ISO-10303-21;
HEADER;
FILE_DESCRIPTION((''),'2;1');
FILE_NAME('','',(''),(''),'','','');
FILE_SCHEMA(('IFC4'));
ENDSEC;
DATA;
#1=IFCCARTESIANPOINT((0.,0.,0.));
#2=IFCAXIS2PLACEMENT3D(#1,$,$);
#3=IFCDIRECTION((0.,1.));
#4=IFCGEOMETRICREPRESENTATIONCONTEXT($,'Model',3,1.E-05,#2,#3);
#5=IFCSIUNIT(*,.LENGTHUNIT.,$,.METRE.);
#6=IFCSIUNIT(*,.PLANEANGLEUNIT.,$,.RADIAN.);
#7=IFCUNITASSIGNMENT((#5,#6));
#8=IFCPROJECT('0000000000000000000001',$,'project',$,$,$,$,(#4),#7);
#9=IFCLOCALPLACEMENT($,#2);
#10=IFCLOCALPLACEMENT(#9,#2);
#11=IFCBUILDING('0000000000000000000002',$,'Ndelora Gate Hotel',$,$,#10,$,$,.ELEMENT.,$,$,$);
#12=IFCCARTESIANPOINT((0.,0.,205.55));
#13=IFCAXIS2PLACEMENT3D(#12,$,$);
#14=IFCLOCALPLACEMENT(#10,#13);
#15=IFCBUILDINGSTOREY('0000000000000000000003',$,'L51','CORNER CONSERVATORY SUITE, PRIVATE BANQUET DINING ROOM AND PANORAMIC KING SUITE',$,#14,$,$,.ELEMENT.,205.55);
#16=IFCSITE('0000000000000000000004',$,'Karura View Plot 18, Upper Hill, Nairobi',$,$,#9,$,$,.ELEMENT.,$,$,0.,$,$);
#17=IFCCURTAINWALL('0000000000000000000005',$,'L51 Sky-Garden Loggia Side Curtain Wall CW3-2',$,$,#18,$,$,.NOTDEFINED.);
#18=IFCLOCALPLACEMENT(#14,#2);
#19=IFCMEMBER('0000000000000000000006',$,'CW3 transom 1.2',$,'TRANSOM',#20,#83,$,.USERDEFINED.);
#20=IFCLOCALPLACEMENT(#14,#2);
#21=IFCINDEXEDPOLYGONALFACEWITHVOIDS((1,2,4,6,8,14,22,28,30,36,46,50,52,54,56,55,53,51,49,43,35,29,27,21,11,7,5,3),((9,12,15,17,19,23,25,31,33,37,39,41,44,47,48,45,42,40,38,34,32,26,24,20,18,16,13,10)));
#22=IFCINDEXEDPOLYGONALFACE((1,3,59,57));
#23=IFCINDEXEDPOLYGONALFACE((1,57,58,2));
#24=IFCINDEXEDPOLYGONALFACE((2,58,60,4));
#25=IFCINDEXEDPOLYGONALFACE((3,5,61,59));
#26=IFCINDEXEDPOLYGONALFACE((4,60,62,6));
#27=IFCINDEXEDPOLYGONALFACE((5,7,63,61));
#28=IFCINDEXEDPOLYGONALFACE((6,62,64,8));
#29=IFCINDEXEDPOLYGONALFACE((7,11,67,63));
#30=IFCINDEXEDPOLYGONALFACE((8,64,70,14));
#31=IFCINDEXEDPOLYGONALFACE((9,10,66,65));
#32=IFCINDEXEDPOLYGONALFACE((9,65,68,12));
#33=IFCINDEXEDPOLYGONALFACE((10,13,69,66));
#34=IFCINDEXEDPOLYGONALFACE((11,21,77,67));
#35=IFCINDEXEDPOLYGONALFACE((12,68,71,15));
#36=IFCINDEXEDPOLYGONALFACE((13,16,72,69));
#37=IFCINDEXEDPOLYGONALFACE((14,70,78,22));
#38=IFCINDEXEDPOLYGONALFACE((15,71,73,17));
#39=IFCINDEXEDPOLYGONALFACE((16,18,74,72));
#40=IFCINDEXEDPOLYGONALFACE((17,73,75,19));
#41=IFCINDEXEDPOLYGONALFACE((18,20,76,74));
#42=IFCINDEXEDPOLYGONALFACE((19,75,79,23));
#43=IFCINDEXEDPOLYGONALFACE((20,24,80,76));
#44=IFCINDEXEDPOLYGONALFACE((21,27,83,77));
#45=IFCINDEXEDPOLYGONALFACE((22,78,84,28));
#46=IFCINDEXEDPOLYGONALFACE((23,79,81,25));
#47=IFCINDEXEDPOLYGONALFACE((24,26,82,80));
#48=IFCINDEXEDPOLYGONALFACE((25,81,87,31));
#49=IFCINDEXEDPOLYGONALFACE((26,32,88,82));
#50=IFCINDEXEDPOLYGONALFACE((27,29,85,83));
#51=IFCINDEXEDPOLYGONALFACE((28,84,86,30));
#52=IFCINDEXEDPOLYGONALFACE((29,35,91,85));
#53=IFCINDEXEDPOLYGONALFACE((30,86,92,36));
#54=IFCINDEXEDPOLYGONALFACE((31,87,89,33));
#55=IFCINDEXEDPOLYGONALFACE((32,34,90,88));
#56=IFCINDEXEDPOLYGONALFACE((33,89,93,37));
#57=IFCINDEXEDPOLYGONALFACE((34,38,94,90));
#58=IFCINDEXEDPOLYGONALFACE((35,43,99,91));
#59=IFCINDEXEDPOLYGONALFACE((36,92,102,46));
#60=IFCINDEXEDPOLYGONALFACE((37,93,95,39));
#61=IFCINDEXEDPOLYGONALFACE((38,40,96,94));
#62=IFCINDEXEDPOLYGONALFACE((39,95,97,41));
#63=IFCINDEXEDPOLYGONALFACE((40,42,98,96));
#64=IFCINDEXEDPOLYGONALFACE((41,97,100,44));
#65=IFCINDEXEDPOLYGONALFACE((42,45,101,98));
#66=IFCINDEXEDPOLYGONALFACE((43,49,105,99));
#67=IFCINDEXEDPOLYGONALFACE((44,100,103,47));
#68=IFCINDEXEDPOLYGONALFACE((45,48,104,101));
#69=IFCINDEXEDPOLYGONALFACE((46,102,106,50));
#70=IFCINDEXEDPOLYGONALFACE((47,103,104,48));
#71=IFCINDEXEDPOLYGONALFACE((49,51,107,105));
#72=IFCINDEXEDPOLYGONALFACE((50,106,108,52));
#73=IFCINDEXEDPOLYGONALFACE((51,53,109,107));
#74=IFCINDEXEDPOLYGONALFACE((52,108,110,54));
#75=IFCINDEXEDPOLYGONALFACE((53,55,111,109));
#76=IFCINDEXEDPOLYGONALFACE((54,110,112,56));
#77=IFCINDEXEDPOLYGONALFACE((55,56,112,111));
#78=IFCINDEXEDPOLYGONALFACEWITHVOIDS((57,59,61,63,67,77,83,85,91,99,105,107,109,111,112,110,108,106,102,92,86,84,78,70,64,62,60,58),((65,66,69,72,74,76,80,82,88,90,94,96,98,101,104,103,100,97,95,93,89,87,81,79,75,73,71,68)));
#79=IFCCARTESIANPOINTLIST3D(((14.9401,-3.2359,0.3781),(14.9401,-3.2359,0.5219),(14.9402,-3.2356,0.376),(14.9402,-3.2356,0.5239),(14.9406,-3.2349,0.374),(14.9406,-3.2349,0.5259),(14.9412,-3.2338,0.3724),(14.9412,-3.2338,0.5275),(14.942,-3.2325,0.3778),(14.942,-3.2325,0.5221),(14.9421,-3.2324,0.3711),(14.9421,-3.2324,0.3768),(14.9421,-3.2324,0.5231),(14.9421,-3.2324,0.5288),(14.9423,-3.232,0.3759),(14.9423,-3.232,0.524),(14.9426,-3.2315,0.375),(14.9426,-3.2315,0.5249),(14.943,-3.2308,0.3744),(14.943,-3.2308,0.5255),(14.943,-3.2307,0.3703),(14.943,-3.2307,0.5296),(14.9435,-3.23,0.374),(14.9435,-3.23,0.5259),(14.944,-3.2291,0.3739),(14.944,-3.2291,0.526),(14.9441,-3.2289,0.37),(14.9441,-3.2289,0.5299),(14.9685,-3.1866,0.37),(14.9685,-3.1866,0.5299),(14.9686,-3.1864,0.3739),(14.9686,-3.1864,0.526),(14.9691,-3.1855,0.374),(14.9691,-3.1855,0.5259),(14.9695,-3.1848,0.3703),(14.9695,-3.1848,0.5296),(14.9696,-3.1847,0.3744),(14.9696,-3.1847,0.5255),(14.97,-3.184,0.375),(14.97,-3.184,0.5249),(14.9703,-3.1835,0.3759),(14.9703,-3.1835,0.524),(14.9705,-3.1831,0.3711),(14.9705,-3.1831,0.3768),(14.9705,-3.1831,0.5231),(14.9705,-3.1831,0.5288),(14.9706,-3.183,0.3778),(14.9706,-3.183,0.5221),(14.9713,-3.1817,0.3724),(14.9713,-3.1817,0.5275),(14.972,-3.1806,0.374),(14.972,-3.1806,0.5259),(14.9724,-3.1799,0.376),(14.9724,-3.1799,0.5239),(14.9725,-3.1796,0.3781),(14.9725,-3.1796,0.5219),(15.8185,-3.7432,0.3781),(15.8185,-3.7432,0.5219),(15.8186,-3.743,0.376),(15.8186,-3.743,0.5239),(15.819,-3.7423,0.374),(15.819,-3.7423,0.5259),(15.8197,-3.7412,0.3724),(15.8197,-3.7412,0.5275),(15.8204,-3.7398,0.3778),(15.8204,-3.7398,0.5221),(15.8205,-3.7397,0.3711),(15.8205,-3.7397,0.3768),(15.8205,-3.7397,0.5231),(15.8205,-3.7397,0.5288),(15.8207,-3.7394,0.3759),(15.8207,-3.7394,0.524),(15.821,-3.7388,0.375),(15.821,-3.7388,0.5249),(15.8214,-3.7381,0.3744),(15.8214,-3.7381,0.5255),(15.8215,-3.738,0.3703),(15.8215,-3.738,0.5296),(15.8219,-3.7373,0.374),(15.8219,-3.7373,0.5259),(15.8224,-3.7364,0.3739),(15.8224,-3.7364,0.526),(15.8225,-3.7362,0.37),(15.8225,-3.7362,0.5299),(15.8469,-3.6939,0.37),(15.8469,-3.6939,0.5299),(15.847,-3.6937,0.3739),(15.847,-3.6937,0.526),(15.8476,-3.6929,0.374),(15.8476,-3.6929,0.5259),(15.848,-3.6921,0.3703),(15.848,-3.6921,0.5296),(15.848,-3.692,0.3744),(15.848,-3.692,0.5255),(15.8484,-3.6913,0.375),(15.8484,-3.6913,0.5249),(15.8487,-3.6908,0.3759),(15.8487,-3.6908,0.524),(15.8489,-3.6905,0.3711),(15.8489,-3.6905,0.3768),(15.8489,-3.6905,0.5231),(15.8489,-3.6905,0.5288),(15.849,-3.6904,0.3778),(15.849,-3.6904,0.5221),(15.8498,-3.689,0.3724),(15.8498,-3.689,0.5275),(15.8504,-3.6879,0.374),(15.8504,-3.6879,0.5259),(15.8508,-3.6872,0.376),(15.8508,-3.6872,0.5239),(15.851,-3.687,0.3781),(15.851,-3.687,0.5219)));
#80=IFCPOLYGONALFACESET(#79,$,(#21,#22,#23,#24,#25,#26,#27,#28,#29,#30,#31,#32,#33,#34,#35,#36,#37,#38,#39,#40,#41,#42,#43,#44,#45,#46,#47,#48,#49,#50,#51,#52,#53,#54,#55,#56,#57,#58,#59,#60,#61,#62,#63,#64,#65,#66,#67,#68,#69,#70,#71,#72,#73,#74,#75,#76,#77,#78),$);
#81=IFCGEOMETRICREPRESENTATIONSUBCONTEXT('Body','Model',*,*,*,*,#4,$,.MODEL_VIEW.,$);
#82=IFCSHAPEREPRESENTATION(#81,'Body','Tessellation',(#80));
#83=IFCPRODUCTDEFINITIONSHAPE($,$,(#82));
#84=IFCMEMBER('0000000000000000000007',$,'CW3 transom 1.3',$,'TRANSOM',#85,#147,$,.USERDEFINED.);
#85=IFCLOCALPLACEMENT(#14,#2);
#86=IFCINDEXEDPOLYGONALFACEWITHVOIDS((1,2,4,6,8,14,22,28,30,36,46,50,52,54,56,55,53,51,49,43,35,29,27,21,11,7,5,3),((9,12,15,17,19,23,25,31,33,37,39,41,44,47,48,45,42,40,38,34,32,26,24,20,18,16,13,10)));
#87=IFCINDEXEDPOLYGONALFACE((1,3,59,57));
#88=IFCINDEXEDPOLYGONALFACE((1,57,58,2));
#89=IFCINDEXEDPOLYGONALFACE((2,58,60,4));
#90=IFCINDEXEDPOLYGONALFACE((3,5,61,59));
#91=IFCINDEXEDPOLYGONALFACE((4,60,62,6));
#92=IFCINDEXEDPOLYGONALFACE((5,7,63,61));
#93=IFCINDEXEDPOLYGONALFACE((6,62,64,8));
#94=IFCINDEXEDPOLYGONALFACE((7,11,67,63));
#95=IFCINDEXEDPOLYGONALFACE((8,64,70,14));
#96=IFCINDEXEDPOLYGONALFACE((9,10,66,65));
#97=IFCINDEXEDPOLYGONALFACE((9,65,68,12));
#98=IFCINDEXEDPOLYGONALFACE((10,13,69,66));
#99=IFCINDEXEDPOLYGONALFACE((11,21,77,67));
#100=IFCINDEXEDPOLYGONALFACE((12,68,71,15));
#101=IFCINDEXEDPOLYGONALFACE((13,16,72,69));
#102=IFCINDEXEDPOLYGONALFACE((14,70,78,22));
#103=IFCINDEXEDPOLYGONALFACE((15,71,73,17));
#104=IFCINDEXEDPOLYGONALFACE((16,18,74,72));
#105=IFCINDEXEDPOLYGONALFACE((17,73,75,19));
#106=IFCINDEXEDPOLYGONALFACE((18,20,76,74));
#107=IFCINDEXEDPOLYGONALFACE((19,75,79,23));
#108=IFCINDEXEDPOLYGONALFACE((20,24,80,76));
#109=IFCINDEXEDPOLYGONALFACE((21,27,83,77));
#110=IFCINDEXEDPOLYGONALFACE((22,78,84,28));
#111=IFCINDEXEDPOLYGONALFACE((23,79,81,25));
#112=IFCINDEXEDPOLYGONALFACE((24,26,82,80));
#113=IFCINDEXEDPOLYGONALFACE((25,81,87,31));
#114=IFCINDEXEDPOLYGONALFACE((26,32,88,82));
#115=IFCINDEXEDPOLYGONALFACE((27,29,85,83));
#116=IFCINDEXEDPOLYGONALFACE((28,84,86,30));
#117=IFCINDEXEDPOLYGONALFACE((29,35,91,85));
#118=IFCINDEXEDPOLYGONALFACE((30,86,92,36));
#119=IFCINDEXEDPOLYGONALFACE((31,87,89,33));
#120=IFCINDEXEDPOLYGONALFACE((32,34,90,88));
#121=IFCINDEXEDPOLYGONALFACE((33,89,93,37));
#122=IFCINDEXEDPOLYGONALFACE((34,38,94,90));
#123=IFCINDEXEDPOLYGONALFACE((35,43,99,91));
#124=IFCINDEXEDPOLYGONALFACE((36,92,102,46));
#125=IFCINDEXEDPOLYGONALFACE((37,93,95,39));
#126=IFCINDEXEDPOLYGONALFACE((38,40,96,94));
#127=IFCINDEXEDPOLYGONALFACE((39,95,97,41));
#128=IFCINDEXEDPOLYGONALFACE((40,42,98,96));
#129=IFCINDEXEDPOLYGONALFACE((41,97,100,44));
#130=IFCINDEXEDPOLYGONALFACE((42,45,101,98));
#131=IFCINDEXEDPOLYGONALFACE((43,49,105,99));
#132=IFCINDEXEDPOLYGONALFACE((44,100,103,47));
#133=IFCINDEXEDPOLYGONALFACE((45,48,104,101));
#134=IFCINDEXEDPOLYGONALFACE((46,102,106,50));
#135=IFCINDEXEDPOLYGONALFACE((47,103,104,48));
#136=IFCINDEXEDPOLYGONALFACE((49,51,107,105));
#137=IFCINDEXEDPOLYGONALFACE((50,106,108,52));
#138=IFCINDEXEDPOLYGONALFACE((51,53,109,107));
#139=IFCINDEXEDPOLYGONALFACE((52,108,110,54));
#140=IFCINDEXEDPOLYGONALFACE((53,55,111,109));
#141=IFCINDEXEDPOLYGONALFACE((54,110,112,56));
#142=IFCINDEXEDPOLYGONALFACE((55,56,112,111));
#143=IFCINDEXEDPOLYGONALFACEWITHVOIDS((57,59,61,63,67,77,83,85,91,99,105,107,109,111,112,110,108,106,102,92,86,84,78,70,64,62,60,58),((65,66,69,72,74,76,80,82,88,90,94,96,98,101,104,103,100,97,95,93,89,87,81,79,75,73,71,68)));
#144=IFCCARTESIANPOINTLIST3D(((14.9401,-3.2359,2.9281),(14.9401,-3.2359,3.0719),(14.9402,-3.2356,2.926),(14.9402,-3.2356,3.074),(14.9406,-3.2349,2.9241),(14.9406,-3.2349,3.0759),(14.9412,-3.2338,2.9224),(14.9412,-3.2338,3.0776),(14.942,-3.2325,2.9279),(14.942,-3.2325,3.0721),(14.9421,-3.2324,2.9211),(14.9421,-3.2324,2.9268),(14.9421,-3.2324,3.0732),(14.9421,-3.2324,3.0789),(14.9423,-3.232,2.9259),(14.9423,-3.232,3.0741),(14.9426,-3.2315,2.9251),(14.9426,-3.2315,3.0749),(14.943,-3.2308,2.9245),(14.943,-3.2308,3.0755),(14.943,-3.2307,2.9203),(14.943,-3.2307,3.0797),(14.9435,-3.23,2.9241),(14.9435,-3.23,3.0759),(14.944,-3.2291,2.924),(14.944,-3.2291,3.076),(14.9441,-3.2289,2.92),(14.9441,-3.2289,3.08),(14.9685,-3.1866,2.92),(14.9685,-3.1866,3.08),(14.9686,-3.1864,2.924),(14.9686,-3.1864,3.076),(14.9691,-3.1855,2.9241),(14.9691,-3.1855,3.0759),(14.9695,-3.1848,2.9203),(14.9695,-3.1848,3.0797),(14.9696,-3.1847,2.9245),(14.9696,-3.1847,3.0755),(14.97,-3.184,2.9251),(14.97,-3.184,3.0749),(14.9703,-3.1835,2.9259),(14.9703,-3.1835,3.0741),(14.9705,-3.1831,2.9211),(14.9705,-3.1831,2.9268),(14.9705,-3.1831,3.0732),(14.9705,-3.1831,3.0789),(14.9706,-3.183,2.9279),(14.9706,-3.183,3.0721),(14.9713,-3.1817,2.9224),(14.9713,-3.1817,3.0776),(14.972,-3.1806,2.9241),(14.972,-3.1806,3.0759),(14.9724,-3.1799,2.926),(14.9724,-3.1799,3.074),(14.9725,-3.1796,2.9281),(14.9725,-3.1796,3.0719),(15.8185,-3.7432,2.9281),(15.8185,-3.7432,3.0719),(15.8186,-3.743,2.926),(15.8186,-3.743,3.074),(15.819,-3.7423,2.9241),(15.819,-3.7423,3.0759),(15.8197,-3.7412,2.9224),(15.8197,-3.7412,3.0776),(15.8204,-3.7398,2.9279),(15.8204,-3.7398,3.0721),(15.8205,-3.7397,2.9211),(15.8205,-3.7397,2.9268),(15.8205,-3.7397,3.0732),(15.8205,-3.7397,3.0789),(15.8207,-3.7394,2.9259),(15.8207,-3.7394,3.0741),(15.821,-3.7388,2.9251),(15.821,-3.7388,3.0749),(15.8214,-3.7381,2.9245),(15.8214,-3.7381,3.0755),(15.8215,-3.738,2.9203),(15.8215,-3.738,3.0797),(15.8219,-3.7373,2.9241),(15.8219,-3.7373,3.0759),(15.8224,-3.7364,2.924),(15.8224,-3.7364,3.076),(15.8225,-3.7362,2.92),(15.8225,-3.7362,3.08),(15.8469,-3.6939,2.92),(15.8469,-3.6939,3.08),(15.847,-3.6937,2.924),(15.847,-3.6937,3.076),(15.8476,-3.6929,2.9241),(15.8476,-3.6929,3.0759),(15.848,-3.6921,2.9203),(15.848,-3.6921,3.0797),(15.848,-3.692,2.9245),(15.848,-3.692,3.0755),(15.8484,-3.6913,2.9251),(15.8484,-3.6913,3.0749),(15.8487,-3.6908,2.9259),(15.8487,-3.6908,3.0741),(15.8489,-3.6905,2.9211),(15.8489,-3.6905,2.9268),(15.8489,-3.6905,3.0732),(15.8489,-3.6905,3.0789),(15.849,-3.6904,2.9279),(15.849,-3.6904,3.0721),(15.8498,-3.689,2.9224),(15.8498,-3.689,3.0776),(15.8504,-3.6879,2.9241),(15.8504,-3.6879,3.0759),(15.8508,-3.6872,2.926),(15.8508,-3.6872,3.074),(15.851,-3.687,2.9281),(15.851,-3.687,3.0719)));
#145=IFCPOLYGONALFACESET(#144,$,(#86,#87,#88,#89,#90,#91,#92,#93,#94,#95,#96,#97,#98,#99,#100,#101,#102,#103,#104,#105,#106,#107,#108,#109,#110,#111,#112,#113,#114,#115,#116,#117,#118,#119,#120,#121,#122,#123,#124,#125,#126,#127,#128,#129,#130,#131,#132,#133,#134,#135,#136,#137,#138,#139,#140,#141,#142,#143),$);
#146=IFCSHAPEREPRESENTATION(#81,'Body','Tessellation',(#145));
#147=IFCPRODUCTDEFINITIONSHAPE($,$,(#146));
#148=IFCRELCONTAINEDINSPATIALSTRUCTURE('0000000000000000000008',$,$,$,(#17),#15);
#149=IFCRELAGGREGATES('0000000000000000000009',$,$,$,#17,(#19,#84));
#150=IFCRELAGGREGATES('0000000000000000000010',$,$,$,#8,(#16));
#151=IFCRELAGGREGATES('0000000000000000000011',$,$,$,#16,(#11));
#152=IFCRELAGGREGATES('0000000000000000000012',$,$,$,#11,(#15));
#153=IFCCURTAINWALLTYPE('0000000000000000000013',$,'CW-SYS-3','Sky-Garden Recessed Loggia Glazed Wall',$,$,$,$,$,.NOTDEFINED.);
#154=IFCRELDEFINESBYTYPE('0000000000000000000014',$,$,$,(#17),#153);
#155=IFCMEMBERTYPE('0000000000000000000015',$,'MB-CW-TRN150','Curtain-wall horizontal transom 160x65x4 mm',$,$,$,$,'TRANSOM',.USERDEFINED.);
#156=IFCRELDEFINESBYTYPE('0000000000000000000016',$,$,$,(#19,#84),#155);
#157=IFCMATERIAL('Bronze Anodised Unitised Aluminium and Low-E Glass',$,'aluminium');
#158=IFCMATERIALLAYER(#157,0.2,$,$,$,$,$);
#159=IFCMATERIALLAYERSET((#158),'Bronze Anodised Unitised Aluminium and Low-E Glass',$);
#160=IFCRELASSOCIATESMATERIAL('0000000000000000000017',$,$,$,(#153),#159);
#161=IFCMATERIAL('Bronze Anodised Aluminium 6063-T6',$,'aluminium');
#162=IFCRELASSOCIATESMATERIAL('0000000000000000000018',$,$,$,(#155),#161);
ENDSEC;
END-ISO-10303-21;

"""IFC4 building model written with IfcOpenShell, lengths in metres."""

from ifc_helpers import new_model, si_unit, direction, frame, origin, origin_2d, place, context, subcontext, project, spatial, hollow_rectangle, extrude, material, layer, layer_set, material_profile, profile_set, type_object, element, aggregate, save


model = new_model("IFC4")

# Units and contexts
model_context = context("Model", 3, precision=1e-05, world=origin(), true_north=direction((0.0, 1.0)))
body_context = subcontext(model_context, "Body", "Model", "MODEL_VIEW")
ifc_project = project(units=[si_unit("LENGTHUNIT", "METRE"), si_unit("PLANEANGLEUNIT", "RADIAN")], contexts=[model_context])

# Site, building, storey
site_placement = place(None, origin())
site = spatial("IfcSite", under=ifc_project, at=site_placement, Name="Karura View Plot 18, Upper Hill, Nairobi", CompositionType="ELEMENT", RefElevation=0.0)
building_placement = place(site_placement, origin())
building = spatial("IfcBuilding", under=site, at=building_placement, Name="Ndelora Gate Hotel", CompositionType="ELEMENT")
storey_placement = place(building_placement, frame((0.0, 0.0, 205.55)))
storey = spatial("IfcBuildingStorey", under=building, at=storey_placement, Name="L51", Description="CORNER CONSERVATORY SUITE, PRIVATE BANQUET DINING ROOM AND PANORAMIC KING SUITE", CompositionType="ELEMENT", Elevation=205.55)

# Curtain wall, members
ifc_material_1 = material(Name="Bronze Anodised Unitised Aluminium and Low-E Glass", Category="aluminium")
ifc_layer_1 = layer(ifc_material_1, 0.2)
ifc_layer_set_1 = layer_set([ifc_layer_1], Name="Bronze Anodised Unitised Aluminium and Low-E Glass")
curtain_wall_type = type_object("IfcCurtainWallType", Name="CW-SYS-3", Description="Sky-Garden Recessed Loggia Glazed Wall", PredefinedType="NOTDEFINED", material=ifc_layer_set_1)
curtain_wall_placement = place(storey_placement, origin())
curtain_wall = element("IfcCurtainWall", 1, at=curtain_wall_placement, inside=storey, type_object=curtain_wall_type, Name="L51 Sky-Garden Loggia Side Curtain Wall CW3-2", PredefinedType="NOTDEFINED")
ifc_material_2 = material(Name="Bronze Anodised Aluminium 6063-T6", Category="aluminium")
ifc_material_profile_1 = material_profile(ifc_material_2, hollow_rectangle(XDim=0.0649, YDim=0.1599, WallThickness=0.0039, InnerFilletRadius=0.0039, OuterFilletRadius=0.0081, at=origin_2d()), Name="ALU 160x65x4")
ifc_profile_set_1 = profile_set([ifc_material_profile_1], Name="Bronze Anodised Aluminium 6063-T6")
member_type_1 = type_object("IfcMemberType", Name="MB-CW-TRN150", Description="Curtain-wall horizontal transom 160x65x4 mm", ElementType="TRANSOM", PredefinedType="USERDEFINED", material=ifc_profile_set_1)
member_1_placement = place(storey_placement, frame((15.8347, -3.7151, 0.45), z_axis=(-0.865953, 0.500125, 0.0), x_axis=(-0.500125, -0.865953, 0.0)))
member_1 = element("IfcMember", 2, at=member_1_placement, type_object=member_type_1, Name="CW3 transom 1.2", ObjectType="TRANSOM", PredefinedType="USERDEFINED", context=body_context, shape_type="SweptSolid", body=[
    extrude(hollow_rectangle(XDim=0.0649, YDim=0.1599, WallThickness=0.0039, InnerFilletRadius=0.0039, OuterFilletRadius=0.0081, at=origin_2d()), origin(), (0.0, 0.0, 1.0), 1.0144),
])
member_2_placement = place(storey_placement, frame((15.8347, -3.7151, 3.0), z_axis=(-0.865953, 0.500125, 0.0), x_axis=(-0.500125, -0.865953, 0.0)))
member_2 = element("IfcMember", 3, at=member_2_placement, type_object=member_type_1, Name="CW3 transom 1.3", ObjectType="TRANSOM", PredefinedType="USERDEFINED", context=body_context, shape_type="SweptSolid", body=[
    extrude(hollow_rectangle(XDim=0.0649, YDim=0.1599, WallThickness=0.0039, InnerFilletRadius=0.0039, OuterFilletRadius=0.0081, at=origin_2d()), origin(), (0.0, 0.0, 1.0), 1.0144),
])
aggregate(curtain_wall, [member_1, member_2])

save(model, "model.ifc")
